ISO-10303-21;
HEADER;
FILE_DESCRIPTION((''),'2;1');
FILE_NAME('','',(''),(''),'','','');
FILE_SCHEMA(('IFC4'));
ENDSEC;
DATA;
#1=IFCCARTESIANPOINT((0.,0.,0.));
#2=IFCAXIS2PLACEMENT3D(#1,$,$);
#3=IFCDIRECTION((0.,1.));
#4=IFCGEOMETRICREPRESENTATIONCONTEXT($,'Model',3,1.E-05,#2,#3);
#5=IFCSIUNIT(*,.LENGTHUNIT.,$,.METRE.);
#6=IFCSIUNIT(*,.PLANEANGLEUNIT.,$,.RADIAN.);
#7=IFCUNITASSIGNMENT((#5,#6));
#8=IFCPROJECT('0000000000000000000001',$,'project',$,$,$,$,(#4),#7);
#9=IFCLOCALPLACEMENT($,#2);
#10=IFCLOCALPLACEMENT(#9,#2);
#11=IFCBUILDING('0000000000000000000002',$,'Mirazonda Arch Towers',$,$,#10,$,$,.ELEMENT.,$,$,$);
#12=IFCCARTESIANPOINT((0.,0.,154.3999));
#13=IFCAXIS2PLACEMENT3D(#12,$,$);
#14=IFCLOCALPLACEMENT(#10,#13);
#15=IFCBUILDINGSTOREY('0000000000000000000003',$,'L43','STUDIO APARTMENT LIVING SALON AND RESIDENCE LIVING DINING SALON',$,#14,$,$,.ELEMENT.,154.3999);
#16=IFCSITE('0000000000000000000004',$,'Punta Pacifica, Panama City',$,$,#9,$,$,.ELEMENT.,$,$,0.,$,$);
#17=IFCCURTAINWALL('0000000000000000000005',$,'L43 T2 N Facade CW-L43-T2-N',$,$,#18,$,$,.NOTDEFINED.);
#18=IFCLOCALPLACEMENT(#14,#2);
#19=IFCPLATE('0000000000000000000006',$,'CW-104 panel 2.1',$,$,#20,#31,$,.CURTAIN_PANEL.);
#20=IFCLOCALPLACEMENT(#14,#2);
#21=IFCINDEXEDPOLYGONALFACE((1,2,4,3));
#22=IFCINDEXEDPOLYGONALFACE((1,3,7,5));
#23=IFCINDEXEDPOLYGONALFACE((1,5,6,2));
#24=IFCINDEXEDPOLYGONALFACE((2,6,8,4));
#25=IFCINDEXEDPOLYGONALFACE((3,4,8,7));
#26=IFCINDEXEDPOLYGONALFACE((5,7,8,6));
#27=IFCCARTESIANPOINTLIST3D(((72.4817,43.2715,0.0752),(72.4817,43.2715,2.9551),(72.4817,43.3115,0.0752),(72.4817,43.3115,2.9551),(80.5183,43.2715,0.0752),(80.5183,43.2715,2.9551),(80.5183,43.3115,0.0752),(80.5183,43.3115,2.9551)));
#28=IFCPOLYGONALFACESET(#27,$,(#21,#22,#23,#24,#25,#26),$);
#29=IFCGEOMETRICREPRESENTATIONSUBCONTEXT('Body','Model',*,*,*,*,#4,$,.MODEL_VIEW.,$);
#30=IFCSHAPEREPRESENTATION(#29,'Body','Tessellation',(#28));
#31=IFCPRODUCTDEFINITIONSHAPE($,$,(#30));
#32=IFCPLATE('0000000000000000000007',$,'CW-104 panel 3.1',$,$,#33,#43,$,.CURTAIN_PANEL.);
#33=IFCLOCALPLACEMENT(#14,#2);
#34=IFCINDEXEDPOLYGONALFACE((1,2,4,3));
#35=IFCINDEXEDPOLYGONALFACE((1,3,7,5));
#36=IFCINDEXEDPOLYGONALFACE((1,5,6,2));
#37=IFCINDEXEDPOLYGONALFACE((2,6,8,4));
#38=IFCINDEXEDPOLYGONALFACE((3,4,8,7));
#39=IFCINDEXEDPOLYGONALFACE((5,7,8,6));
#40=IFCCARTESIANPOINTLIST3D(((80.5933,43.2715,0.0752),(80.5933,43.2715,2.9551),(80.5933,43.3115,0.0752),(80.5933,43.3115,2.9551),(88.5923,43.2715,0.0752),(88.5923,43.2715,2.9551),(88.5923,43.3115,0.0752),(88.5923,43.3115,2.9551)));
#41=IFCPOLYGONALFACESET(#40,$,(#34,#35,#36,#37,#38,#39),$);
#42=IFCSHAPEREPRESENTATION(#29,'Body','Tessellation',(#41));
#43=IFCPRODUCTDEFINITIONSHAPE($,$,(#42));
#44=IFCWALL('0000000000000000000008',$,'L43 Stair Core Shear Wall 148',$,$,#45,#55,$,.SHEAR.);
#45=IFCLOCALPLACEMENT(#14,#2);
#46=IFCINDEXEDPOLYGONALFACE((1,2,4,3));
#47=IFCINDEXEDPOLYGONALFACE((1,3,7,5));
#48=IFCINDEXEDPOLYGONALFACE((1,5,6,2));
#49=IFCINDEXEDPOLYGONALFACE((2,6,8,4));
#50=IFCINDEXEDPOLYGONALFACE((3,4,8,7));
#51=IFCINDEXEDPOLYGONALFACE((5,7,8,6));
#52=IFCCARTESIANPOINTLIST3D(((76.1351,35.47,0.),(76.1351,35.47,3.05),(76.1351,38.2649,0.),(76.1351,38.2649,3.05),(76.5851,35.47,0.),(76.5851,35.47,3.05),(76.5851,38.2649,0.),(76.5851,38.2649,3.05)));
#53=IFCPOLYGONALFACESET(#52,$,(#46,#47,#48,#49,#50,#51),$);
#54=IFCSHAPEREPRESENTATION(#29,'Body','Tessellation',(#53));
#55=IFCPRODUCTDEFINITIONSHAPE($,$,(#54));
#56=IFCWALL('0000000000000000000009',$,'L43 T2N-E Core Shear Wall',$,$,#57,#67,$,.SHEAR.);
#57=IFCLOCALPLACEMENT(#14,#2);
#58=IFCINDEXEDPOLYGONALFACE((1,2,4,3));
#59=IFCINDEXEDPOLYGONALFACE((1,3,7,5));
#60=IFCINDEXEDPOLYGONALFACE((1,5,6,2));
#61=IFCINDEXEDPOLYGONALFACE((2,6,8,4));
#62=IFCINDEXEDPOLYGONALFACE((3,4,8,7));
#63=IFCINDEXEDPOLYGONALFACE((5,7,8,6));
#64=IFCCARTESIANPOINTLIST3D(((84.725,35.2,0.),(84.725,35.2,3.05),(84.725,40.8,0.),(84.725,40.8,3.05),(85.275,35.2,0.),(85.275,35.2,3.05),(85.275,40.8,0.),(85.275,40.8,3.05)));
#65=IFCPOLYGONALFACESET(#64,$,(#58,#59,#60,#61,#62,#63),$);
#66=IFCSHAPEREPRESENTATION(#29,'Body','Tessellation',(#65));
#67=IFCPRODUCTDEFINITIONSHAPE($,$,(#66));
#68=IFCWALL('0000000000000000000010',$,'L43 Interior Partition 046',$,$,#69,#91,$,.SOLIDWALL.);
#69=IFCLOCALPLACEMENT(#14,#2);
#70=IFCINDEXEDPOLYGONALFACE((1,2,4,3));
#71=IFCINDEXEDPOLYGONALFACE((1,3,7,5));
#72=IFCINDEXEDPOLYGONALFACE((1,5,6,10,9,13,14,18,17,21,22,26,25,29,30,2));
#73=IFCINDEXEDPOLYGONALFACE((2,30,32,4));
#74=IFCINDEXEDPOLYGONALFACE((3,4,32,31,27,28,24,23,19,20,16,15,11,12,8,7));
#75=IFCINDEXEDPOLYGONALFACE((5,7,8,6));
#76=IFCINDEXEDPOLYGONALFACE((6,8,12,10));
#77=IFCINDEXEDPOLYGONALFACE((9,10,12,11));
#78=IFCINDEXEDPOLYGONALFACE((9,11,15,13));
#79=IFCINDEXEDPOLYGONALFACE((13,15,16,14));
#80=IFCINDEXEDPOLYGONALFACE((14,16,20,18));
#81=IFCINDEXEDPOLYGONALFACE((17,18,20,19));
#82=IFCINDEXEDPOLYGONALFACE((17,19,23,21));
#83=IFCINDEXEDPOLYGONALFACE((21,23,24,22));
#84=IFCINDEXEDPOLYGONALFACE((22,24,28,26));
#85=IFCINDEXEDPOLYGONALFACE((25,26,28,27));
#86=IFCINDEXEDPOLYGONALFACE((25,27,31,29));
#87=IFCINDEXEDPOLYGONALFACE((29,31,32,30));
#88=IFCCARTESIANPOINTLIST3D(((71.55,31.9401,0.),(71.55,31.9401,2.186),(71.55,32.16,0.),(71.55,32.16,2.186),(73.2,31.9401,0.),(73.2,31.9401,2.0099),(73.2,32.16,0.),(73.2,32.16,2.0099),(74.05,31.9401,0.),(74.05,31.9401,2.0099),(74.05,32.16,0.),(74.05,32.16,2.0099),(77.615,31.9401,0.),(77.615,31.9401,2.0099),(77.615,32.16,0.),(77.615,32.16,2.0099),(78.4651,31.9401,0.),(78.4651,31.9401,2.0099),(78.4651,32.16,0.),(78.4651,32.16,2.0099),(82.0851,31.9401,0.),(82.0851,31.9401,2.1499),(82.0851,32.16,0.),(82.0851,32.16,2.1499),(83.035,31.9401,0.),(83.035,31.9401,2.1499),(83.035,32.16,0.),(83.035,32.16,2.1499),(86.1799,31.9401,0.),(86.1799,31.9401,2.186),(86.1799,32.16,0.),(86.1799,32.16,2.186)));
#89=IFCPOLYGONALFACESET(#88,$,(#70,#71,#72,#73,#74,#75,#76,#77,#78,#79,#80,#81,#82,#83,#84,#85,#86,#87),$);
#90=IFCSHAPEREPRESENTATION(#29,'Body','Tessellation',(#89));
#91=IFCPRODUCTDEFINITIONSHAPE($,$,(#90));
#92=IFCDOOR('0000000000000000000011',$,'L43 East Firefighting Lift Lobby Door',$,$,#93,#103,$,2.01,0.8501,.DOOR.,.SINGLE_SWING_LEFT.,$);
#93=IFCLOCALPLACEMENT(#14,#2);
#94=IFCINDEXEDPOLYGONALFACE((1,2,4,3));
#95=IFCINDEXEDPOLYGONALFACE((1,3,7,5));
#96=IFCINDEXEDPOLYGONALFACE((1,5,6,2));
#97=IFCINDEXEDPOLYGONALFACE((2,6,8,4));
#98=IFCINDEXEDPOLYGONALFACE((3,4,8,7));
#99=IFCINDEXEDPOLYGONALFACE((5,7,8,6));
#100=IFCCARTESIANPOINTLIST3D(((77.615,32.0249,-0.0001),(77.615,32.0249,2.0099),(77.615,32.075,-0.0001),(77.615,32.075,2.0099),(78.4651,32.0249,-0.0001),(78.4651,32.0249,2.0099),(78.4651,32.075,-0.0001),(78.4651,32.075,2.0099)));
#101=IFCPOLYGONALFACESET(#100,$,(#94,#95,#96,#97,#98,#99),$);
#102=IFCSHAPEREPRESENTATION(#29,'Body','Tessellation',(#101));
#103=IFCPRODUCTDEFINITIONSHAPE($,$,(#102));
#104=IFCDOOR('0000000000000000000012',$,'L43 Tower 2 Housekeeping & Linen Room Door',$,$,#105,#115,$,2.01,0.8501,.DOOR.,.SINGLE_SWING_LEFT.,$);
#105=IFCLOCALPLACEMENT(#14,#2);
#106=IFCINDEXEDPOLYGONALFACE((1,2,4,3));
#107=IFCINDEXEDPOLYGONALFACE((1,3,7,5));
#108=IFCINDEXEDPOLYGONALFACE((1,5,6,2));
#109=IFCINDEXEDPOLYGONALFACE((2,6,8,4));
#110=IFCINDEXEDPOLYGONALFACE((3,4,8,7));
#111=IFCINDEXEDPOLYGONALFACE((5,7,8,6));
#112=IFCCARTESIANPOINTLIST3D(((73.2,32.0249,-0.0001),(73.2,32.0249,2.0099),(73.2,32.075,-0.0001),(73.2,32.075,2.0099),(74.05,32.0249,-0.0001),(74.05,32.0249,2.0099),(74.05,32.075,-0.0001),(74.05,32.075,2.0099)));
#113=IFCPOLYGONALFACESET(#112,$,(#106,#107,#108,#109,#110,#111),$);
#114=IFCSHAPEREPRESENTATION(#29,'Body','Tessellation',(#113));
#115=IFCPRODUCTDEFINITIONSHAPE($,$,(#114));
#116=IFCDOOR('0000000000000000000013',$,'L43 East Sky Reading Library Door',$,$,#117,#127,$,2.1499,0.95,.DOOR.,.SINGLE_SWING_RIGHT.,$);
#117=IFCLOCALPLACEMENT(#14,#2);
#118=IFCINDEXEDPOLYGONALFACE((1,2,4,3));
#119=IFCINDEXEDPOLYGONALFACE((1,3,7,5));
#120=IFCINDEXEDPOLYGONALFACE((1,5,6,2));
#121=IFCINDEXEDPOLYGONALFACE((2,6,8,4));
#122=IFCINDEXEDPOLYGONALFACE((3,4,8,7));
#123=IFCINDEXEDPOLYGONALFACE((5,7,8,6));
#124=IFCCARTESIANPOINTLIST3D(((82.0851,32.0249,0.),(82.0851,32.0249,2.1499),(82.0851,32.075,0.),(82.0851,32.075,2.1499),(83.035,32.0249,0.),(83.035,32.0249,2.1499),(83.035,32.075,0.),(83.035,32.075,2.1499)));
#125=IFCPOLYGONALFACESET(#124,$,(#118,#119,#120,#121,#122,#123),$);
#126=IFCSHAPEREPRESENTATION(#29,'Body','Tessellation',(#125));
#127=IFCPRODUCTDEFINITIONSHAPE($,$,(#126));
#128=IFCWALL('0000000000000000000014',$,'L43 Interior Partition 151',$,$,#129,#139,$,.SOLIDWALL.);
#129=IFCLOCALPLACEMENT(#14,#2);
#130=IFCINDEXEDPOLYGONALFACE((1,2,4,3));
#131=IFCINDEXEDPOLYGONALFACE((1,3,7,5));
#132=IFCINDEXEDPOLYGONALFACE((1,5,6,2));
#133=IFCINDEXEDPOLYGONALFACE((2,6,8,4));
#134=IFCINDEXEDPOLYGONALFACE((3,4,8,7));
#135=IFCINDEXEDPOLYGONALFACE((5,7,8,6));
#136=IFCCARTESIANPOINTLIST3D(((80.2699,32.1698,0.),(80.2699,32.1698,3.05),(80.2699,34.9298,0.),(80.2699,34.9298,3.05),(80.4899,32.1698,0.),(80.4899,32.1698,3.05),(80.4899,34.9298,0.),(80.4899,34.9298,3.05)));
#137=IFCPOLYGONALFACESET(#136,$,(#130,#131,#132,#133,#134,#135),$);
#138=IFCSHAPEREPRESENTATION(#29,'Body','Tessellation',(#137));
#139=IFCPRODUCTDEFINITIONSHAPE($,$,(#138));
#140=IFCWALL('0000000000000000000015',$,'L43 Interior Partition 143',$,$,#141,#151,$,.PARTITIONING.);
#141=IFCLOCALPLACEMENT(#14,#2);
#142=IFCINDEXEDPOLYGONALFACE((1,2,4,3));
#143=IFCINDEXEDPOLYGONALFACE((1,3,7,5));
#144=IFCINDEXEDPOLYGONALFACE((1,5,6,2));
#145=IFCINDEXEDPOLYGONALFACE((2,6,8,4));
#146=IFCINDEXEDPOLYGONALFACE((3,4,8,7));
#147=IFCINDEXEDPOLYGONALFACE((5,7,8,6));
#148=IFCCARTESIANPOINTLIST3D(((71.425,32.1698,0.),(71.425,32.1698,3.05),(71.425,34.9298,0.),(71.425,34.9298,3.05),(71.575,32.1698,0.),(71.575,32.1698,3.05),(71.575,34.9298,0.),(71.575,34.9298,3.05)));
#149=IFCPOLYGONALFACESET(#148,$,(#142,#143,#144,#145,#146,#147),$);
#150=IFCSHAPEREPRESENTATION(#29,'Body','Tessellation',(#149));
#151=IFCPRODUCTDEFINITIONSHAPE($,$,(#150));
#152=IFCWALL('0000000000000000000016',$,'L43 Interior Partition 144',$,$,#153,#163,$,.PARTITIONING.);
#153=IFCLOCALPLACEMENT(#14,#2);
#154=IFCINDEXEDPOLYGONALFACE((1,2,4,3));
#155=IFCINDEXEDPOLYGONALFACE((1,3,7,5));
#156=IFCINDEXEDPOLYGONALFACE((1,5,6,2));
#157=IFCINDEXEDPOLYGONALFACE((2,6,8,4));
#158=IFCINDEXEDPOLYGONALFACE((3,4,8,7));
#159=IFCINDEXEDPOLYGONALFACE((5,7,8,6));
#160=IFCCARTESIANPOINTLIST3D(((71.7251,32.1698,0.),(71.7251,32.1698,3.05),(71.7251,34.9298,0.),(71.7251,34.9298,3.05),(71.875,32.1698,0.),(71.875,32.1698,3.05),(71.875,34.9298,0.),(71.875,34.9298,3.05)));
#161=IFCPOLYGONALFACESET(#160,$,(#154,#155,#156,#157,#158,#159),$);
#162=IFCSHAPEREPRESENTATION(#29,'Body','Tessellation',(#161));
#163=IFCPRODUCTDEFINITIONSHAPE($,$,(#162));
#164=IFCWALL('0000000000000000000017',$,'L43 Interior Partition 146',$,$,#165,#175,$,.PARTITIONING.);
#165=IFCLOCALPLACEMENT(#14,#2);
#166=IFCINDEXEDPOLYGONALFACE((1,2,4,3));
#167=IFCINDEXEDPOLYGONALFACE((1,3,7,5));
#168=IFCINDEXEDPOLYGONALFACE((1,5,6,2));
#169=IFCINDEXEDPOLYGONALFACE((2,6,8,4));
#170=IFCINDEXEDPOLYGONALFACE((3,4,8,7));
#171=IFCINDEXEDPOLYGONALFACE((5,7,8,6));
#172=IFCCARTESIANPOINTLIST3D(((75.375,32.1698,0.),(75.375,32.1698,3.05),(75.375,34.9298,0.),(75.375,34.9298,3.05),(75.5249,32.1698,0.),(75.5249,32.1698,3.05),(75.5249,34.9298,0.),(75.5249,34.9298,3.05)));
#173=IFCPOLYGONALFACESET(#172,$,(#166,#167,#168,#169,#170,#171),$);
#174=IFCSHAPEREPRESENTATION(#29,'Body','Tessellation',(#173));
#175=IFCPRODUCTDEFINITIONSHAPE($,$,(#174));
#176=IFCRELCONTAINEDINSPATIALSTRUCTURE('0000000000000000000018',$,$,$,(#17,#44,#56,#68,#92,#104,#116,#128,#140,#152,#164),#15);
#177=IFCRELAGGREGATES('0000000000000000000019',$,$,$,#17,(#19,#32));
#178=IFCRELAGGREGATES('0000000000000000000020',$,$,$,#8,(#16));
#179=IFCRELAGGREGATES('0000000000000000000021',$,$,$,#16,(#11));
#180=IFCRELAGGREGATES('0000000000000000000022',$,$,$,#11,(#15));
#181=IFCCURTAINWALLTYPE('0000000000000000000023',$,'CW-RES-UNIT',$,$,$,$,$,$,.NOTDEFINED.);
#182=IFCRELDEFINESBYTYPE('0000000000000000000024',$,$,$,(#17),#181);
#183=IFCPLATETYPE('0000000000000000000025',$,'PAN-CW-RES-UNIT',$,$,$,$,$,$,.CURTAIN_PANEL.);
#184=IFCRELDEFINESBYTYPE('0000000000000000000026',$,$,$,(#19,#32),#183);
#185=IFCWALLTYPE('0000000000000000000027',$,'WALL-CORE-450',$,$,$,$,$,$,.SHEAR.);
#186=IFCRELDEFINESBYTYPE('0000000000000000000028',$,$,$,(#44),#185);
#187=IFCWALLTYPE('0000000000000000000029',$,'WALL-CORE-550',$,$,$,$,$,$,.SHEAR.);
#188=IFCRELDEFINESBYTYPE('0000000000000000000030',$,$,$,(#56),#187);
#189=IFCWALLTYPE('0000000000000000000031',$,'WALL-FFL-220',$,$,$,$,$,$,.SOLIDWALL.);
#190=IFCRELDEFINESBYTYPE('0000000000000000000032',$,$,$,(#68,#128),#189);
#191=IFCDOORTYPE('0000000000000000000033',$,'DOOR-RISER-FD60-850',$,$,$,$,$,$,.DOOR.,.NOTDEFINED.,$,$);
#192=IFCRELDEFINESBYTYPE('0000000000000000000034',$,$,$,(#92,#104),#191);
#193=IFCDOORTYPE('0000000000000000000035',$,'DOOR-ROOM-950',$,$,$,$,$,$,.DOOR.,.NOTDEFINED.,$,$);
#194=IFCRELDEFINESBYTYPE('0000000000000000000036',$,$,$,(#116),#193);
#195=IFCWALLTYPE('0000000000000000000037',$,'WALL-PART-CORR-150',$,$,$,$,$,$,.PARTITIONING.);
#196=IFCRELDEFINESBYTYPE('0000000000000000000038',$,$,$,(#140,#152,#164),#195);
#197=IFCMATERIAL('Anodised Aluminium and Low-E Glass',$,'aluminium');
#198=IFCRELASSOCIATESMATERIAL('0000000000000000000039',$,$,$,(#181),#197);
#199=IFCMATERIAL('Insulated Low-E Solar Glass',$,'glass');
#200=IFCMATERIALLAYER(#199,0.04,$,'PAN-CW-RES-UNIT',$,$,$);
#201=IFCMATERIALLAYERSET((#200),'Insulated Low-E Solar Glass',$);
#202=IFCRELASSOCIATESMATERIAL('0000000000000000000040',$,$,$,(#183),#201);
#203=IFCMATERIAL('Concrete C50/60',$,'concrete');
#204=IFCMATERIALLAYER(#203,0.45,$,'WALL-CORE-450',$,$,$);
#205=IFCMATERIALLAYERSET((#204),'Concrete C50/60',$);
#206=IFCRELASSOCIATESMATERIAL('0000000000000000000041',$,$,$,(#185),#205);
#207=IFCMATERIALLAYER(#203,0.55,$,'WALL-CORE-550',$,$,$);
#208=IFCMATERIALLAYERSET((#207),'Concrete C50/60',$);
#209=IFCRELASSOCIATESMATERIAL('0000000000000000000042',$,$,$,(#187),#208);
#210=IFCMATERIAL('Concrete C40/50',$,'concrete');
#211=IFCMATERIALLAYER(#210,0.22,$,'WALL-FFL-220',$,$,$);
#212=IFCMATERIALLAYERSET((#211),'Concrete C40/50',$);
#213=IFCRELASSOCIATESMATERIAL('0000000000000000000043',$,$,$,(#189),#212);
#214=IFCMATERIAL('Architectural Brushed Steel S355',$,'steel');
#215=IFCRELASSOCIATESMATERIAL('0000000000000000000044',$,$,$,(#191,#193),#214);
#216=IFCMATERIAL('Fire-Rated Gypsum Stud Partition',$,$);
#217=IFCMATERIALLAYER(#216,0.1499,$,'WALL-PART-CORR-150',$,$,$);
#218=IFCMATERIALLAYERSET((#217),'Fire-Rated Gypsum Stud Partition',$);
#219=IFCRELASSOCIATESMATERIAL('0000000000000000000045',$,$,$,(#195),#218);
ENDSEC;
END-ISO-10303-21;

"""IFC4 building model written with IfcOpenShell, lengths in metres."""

from ifc_helpers import new_model, si_unit, direction, frame, frame_2d, origin, origin_2d, place, context, subcontext, project, spatial, rectangle, extrude, material, layer, layer_set, type_object, element, fill, aggregate, save


model = new_model("IFC4")

# Units and contexts
model_context = context("Model", 3, precision=1e-05, world=origin(), true_north=direction((0.0, 1.0)))
body_context = subcontext(model_context, "Body", "Model", "MODEL_VIEW")
ifc_project = project(units=[si_unit("LENGTHUNIT", "METRE"), si_unit("PLANEANGLEUNIT", "RADIAN")], contexts=[model_context])

# Site, building, storey
site_placement = place(None, origin())
site = spatial("IfcSite", under=ifc_project, at=site_placement, Name="Punta Pacifica, Panama City", CompositionType="ELEMENT", RefElevation=0.0)
building_placement = place(site_placement, origin())
building = spatial("IfcBuilding", under=site, at=building_placement, Name="Mirazonda Arch Towers", CompositionType="ELEMENT")
storey_placement = place(building_placement, frame((0.0, 0.0, 154.3999)))
storey = spatial("IfcBuildingStorey", under=building, at=storey_placement, Name="L43", Description="STUDIO APARTMENT LIVING SALON AND RESIDENCE LIVING DINING SALON", CompositionType="ELEMENT", Elevation=154.3999)

# Shared definitions
ifc_material_1 = material(Name="Concrete C50/60", Category="concrete")

# Curtain wall, plates
ifc_material_2 = material(Name="Anodised Aluminium and Low-E Glass", Category="aluminium")
curtain_wall_type = type_object("IfcCurtainWallType", Name="CW-RES-UNIT", PredefinedType="NOTDEFINED", material=ifc_material_2)
curtain_wall_placement = place(storey_placement, origin())
curtain_wall = element("IfcCurtainWall", 1, at=curtain_wall_placement, inside=storey, type_object=curtain_wall_type, Name="L43 T2 N Facade CW-L43-T2-N", PredefinedType="NOTDEFINED")
ifc_material_3 = material(Name="Insulated Low-E Solar Glass", Category="glass")
ifc_layer_1 = layer(ifc_material_3, 0.04, Name="PAN-CW-RES-UNIT")
ifc_layer_set_1 = layer_set([ifc_layer_1], Name="Insulated Low-E Solar Glass")
plate_type = type_object("IfcPlateType", Name="PAN-CW-RES-UNIT", PredefinedType="CURTAIN_PANEL", material=ifc_layer_set_1)
plate_1_placement = place(storey_placement, frame((76.5, 43.2915, 0.0752), z_axis=(0.0, 0.0, 1.0), x_axis=(1.0, 0.0, 0.0)))
plate_1 = element("IfcPlate", 2, at=plate_1_placement, type_object=plate_type, Name="CW-104 panel 2.1", PredefinedType="CURTAIN_PANEL", context=body_context, shape_type="SweptSolid", body=[
    extrude(rectangle(XDim=8.0366, YDim=0.04, at=origin_2d()), origin(), (0.0, 0.0, 1.0), 2.8799),
])
plate_2_placement = place(storey_placement, frame((84.5928, 43.2915, 0.0752), z_axis=(0.0, 0.0, 1.0), x_axis=(1.0, 0.0, 0.0)))
plate_2 = element("IfcPlate", 3, at=plate_2_placement, type_object=plate_type, Name="CW-104 panel 3.1", PredefinedType="CURTAIN_PANEL", context=body_context, shape_type="SweptSolid", body=[
    extrude(rectangle(XDim=7.999, YDim=0.04, at=origin_2d()), origin(), (0.0, 0.0, 1.0), 2.8799),
])
aggregate(curtain_wall, [plate_1, plate_2])

# Walls
ifc_layer_2 = layer(ifc_material_1, 0.45, Name="WALL-CORE-450")
ifc_layer_set_2 = layer_set([ifc_layer_2], Name="Concrete C50/60")
wall_type_1 = type_object("IfcWallType", Name="WALL-CORE-450", PredefinedType="SHEAR", material=ifc_layer_set_2)
wall_1_placement = place(storey_placement, frame((76.3601, 35.47, 0.0), z_axis=(0.0, 0.0, 1.0), x_axis=(0.0, 1.0, 0.0)))
element("IfcWall", 4, at=wall_1_placement, inside=storey, type_object=wall_type_1, Name="L43 Stair Core Shear Wall 148", PredefinedType="SHEAR", context=body_context, shape_type="SweptSolid", body=[
    extrude(rectangle(XDim=2.7949, YDim=0.45, at=frame_2d((1.3975, 0.0))), origin(), (0.0, 0.0, 1.0), 3.05),
])
ifc_layer_3 = layer(ifc_material_1, 0.55, Name="WALL-CORE-550")
ifc_layer_set_3 = layer_set([ifc_layer_3], Name="Concrete C50/60")
wall_type_2 = type_object("IfcWallType", Name="WALL-CORE-550", PredefinedType="SHEAR", material=ifc_layer_set_3)
wall_2_placement = place(storey_placement, frame((85.0, 35.2, 0.0), z_axis=(0.0, 0.0, 1.0), x_axis=(0.0, 1.0, 0.0)))
element("IfcWall", 5, at=wall_2_placement, inside=storey, type_object=wall_type_2, Name="L43 T2N-E Core Shear Wall", PredefinedType="SHEAR", context=body_context, shape_type="SweptSolid", body=[
    extrude(rectangle(XDim=5.6001, YDim=0.55, at=frame_2d((2.8, 0.0))), origin(), (0.0, 0.0, 1.0), 3.05),
])

# Wall, openings, doors
ifc_material_4 = material(Name="Concrete C40/50", Category="concrete")
ifc_layer_4 = layer(ifc_material_4, 0.22, Name="WALL-FFL-220")
ifc_layer_set_4 = layer_set([ifc_layer_4], Name="Concrete C40/50")
wall_type_3 = type_object("IfcWallType", Name="WALL-FFL-220", PredefinedType="SOLIDWALL", material=ifc_layer_set_4)
wall_3_placement = place(storey_placement, frame((71.55, 32.05, 0.0), z_axis=(0.0, 0.0, 1.0), x_axis=(1.0, 0.0, 0.0)))
wall_3 = element("IfcWall", 6, at=wall_3_placement, inside=storey, type_object=wall_type_3, Name="L43 Interior Partition 046", PredefinedType="SOLIDWALL", context=body_context, shape_type="SweptSolid", body=[
    extrude(rectangle(XDim=14.6299, YDim=0.22, at=frame_2d((7.3149, 0.0))), origin(), (0.0, 0.0, 1.0), 2.186),
])
opening_1_placement = place(wall_3_placement, frame((6.0649, 0.0, 0.0)))
opening_1 = element("IfcOpeningElement", 7, at=opening_1_placement, cuts=wall_3, PredefinedType="OPENING", context=body_context, shape_type="SweptSolid", body=[
    extrude(rectangle(XDim=0.8501, YDim=2.01, at=frame_2d((0.425, 1.0049))), frame((0.0, 0.1199, 0.0), z_axis=(0.0, -1.0, 0.0), x_axis=(1.0, 0.0, 0.0)), (0.0, 0.0, 1.0), 0.24),
])
opening_2_placement = place(wall_3_placement, frame((10.5349, 0.0, 0.0)))
opening_2 = element("IfcOpeningElement", 8, at=opening_2_placement, cuts=wall_3, PredefinedType="OPENING", context=body_context, shape_type="SweptSolid", body=[
    extrude(rectangle(XDim=0.95, YDim=2.1499, at=frame_2d((0.4751, 1.075))), frame((0.0, 0.1199, 0.0), z_axis=(0.0, -1.0, 0.0), x_axis=(1.0, 0.0, 0.0)), (0.0, 0.0, 1.0), 0.24),
])
opening_3_placement = place(wall_3_placement, frame((1.6499, 0.0, 0.0)))
opening_3 = element("IfcOpeningElement", 9, at=opening_3_placement, cuts=wall_3, PredefinedType="OPENING", context=body_context, shape_type="SweptSolid", body=[
    extrude(rectangle(XDim=0.8501, YDim=2.01, at=frame_2d((0.425, 1.0049))), frame((0.0, 0.1199, 0.0), z_axis=(0.0, -1.0, 0.0), x_axis=(1.0, 0.0, 0.0)), (0.0, 0.0, 1.0), 0.24),
])
ifc_material_5 = material(Name="Architectural Brushed Steel S355", Category="steel")
door_type_1 = type_object("IfcDoorType", Name="DOOR-RISER-FD60-850", OperationType="NOTDEFINED", PredefinedType="DOOR", material=ifc_material_5)
door_1_placement = place(opening_1_placement, origin())
door_1 = element("IfcDoor", 10, at=door_1_placement, inside=storey, type_object=door_type_1, Name="L43 East Firefighting Lift Lobby Door", OperationType="SINGLE_SWING_LEFT", OverallHeight=2.01, OverallWidth=0.8501, PredefinedType="DOOR", context=body_context, shape_type="SweptSolid", body=[
    extrude(rectangle(XDim=0.8501, YDim=2.01, at=frame_2d((0.425, 1.0049))), frame((0.0, 0.0249, 0.0), z_axis=(0.0, -1.0, 0.0), x_axis=(1.0, 0.0, 0.0)), (0.0, 0.0, 1.0), 0.05),
])
fill(opening_1, door_1)
door_2_placement = place(opening_3_placement, origin())
door_2 = element("IfcDoor", 11, at=door_2_placement, inside=storey, type_object=door_type_1, Name="L43 Tower 2 Housekeeping & Linen Room Door", OperationType="SINGLE_SWING_LEFT", OverallHeight=2.01, OverallWidth=0.8501, PredefinedType="DOOR", context=body_context, shape_type="SweptSolid", body=[
    extrude(rectangle(XDim=0.8501, YDim=2.01, at=frame_2d((0.425, 1.0049))), frame((0.0, 0.0249, 0.0), z_axis=(0.0, -1.0, 0.0), x_axis=(1.0, 0.0, 0.0)), (0.0, 0.0, 1.0), 0.05),
])
fill(opening_3, door_2)
door_type_2 = type_object("IfcDoorType", Name="DOOR-ROOM-950", OperationType="NOTDEFINED", PredefinedType="DOOR", material=ifc_material_5)
door_3_placement = place(opening_2_placement, origin())
door_3 = element("IfcDoor", 12, at=door_3_placement, inside=storey, type_object=door_type_2, Name="L43 East Sky Reading Library Door", OperationType="SINGLE_SWING_RIGHT", OverallHeight=2.1499, OverallWidth=0.95, PredefinedType="DOOR", context=body_context, shape_type="SweptSolid", body=[
    extrude(rectangle(XDim=0.95, YDim=2.1499, at=frame_2d((0.4751, 1.075))), frame((0.0, 0.0249, 0.0), z_axis=(0.0, -1.0, 0.0), x_axis=(1.0, 0.0, 0.0)), (0.0, 0.0, 1.0), 0.05),
])
fill(opening_2, door_3)

# Walls
wall_4_placement = place(storey_placement, frame((80.3799, 32.1699, 0.0), z_axis=(0.0, 0.0, 1.0), x_axis=(0.0, 1.0, 0.0)))
element("IfcWall", 13, at=wall_4_placement, inside=storey, type_object=wall_type_3, Name="L43 Interior Partition 151", PredefinedType="SOLIDWALL", context=body_context, shape_type="SweptSolid", body=[
    extrude(rectangle(XDim=2.76, YDim=0.22, at=frame_2d((1.3799, 0.0))), origin(), (0.0, 0.0, 1.0), 3.05),
])
ifc_material_6 = material(Name="Fire-Rated Gypsum Stud Partition")
ifc_layer_5 = layer(ifc_material_6, 0.1499, Name="WALL-PART-CORR-150")
ifc_layer_set_5 = layer_set([ifc_layer_5], Name="Fire-Rated Gypsum Stud Partition")
wall_type_4 = type_object("IfcWallType", Name="WALL-PART-CORR-150", PredefinedType="PARTITIONING", material=ifc_layer_set_5)
for number, where, z_axis, x_axis, name in (
    (14, (71.5, 32.1699, 0.0), (0.0, 0.0, 1.0), (0.0, 1.0, 0.0), "L43 Interior Partition 143"),
    (15, (71.8, 32.1699, 0.0), (0.0, 0.0, 1.0), (0.0, 1.0, 0.0), "L43 Interior Partition 144"),
    (16, (75.45, 32.1699, 0.0), (0.0, 0.0, 1.0), (0.0, 1.0, 0.0), "L43 Interior Partition 146"),
):
    element("IfcWall", number, at=place(storey_placement, frame(where, z_axis=z_axis, x_axis=x_axis)), inside=storey, type_object=wall_type_4, Name=name, PredefinedType="PARTITIONING", context=body_context, shape_type="SweptSolid", body=[
        extrude(rectangle(XDim=2.76, YDim=0.1499, at=frame_2d((1.3799, 0.0))), origin(), (0.0, 0.0, 1.0), 3.05),
    ])

save(model, "model.ifc")
